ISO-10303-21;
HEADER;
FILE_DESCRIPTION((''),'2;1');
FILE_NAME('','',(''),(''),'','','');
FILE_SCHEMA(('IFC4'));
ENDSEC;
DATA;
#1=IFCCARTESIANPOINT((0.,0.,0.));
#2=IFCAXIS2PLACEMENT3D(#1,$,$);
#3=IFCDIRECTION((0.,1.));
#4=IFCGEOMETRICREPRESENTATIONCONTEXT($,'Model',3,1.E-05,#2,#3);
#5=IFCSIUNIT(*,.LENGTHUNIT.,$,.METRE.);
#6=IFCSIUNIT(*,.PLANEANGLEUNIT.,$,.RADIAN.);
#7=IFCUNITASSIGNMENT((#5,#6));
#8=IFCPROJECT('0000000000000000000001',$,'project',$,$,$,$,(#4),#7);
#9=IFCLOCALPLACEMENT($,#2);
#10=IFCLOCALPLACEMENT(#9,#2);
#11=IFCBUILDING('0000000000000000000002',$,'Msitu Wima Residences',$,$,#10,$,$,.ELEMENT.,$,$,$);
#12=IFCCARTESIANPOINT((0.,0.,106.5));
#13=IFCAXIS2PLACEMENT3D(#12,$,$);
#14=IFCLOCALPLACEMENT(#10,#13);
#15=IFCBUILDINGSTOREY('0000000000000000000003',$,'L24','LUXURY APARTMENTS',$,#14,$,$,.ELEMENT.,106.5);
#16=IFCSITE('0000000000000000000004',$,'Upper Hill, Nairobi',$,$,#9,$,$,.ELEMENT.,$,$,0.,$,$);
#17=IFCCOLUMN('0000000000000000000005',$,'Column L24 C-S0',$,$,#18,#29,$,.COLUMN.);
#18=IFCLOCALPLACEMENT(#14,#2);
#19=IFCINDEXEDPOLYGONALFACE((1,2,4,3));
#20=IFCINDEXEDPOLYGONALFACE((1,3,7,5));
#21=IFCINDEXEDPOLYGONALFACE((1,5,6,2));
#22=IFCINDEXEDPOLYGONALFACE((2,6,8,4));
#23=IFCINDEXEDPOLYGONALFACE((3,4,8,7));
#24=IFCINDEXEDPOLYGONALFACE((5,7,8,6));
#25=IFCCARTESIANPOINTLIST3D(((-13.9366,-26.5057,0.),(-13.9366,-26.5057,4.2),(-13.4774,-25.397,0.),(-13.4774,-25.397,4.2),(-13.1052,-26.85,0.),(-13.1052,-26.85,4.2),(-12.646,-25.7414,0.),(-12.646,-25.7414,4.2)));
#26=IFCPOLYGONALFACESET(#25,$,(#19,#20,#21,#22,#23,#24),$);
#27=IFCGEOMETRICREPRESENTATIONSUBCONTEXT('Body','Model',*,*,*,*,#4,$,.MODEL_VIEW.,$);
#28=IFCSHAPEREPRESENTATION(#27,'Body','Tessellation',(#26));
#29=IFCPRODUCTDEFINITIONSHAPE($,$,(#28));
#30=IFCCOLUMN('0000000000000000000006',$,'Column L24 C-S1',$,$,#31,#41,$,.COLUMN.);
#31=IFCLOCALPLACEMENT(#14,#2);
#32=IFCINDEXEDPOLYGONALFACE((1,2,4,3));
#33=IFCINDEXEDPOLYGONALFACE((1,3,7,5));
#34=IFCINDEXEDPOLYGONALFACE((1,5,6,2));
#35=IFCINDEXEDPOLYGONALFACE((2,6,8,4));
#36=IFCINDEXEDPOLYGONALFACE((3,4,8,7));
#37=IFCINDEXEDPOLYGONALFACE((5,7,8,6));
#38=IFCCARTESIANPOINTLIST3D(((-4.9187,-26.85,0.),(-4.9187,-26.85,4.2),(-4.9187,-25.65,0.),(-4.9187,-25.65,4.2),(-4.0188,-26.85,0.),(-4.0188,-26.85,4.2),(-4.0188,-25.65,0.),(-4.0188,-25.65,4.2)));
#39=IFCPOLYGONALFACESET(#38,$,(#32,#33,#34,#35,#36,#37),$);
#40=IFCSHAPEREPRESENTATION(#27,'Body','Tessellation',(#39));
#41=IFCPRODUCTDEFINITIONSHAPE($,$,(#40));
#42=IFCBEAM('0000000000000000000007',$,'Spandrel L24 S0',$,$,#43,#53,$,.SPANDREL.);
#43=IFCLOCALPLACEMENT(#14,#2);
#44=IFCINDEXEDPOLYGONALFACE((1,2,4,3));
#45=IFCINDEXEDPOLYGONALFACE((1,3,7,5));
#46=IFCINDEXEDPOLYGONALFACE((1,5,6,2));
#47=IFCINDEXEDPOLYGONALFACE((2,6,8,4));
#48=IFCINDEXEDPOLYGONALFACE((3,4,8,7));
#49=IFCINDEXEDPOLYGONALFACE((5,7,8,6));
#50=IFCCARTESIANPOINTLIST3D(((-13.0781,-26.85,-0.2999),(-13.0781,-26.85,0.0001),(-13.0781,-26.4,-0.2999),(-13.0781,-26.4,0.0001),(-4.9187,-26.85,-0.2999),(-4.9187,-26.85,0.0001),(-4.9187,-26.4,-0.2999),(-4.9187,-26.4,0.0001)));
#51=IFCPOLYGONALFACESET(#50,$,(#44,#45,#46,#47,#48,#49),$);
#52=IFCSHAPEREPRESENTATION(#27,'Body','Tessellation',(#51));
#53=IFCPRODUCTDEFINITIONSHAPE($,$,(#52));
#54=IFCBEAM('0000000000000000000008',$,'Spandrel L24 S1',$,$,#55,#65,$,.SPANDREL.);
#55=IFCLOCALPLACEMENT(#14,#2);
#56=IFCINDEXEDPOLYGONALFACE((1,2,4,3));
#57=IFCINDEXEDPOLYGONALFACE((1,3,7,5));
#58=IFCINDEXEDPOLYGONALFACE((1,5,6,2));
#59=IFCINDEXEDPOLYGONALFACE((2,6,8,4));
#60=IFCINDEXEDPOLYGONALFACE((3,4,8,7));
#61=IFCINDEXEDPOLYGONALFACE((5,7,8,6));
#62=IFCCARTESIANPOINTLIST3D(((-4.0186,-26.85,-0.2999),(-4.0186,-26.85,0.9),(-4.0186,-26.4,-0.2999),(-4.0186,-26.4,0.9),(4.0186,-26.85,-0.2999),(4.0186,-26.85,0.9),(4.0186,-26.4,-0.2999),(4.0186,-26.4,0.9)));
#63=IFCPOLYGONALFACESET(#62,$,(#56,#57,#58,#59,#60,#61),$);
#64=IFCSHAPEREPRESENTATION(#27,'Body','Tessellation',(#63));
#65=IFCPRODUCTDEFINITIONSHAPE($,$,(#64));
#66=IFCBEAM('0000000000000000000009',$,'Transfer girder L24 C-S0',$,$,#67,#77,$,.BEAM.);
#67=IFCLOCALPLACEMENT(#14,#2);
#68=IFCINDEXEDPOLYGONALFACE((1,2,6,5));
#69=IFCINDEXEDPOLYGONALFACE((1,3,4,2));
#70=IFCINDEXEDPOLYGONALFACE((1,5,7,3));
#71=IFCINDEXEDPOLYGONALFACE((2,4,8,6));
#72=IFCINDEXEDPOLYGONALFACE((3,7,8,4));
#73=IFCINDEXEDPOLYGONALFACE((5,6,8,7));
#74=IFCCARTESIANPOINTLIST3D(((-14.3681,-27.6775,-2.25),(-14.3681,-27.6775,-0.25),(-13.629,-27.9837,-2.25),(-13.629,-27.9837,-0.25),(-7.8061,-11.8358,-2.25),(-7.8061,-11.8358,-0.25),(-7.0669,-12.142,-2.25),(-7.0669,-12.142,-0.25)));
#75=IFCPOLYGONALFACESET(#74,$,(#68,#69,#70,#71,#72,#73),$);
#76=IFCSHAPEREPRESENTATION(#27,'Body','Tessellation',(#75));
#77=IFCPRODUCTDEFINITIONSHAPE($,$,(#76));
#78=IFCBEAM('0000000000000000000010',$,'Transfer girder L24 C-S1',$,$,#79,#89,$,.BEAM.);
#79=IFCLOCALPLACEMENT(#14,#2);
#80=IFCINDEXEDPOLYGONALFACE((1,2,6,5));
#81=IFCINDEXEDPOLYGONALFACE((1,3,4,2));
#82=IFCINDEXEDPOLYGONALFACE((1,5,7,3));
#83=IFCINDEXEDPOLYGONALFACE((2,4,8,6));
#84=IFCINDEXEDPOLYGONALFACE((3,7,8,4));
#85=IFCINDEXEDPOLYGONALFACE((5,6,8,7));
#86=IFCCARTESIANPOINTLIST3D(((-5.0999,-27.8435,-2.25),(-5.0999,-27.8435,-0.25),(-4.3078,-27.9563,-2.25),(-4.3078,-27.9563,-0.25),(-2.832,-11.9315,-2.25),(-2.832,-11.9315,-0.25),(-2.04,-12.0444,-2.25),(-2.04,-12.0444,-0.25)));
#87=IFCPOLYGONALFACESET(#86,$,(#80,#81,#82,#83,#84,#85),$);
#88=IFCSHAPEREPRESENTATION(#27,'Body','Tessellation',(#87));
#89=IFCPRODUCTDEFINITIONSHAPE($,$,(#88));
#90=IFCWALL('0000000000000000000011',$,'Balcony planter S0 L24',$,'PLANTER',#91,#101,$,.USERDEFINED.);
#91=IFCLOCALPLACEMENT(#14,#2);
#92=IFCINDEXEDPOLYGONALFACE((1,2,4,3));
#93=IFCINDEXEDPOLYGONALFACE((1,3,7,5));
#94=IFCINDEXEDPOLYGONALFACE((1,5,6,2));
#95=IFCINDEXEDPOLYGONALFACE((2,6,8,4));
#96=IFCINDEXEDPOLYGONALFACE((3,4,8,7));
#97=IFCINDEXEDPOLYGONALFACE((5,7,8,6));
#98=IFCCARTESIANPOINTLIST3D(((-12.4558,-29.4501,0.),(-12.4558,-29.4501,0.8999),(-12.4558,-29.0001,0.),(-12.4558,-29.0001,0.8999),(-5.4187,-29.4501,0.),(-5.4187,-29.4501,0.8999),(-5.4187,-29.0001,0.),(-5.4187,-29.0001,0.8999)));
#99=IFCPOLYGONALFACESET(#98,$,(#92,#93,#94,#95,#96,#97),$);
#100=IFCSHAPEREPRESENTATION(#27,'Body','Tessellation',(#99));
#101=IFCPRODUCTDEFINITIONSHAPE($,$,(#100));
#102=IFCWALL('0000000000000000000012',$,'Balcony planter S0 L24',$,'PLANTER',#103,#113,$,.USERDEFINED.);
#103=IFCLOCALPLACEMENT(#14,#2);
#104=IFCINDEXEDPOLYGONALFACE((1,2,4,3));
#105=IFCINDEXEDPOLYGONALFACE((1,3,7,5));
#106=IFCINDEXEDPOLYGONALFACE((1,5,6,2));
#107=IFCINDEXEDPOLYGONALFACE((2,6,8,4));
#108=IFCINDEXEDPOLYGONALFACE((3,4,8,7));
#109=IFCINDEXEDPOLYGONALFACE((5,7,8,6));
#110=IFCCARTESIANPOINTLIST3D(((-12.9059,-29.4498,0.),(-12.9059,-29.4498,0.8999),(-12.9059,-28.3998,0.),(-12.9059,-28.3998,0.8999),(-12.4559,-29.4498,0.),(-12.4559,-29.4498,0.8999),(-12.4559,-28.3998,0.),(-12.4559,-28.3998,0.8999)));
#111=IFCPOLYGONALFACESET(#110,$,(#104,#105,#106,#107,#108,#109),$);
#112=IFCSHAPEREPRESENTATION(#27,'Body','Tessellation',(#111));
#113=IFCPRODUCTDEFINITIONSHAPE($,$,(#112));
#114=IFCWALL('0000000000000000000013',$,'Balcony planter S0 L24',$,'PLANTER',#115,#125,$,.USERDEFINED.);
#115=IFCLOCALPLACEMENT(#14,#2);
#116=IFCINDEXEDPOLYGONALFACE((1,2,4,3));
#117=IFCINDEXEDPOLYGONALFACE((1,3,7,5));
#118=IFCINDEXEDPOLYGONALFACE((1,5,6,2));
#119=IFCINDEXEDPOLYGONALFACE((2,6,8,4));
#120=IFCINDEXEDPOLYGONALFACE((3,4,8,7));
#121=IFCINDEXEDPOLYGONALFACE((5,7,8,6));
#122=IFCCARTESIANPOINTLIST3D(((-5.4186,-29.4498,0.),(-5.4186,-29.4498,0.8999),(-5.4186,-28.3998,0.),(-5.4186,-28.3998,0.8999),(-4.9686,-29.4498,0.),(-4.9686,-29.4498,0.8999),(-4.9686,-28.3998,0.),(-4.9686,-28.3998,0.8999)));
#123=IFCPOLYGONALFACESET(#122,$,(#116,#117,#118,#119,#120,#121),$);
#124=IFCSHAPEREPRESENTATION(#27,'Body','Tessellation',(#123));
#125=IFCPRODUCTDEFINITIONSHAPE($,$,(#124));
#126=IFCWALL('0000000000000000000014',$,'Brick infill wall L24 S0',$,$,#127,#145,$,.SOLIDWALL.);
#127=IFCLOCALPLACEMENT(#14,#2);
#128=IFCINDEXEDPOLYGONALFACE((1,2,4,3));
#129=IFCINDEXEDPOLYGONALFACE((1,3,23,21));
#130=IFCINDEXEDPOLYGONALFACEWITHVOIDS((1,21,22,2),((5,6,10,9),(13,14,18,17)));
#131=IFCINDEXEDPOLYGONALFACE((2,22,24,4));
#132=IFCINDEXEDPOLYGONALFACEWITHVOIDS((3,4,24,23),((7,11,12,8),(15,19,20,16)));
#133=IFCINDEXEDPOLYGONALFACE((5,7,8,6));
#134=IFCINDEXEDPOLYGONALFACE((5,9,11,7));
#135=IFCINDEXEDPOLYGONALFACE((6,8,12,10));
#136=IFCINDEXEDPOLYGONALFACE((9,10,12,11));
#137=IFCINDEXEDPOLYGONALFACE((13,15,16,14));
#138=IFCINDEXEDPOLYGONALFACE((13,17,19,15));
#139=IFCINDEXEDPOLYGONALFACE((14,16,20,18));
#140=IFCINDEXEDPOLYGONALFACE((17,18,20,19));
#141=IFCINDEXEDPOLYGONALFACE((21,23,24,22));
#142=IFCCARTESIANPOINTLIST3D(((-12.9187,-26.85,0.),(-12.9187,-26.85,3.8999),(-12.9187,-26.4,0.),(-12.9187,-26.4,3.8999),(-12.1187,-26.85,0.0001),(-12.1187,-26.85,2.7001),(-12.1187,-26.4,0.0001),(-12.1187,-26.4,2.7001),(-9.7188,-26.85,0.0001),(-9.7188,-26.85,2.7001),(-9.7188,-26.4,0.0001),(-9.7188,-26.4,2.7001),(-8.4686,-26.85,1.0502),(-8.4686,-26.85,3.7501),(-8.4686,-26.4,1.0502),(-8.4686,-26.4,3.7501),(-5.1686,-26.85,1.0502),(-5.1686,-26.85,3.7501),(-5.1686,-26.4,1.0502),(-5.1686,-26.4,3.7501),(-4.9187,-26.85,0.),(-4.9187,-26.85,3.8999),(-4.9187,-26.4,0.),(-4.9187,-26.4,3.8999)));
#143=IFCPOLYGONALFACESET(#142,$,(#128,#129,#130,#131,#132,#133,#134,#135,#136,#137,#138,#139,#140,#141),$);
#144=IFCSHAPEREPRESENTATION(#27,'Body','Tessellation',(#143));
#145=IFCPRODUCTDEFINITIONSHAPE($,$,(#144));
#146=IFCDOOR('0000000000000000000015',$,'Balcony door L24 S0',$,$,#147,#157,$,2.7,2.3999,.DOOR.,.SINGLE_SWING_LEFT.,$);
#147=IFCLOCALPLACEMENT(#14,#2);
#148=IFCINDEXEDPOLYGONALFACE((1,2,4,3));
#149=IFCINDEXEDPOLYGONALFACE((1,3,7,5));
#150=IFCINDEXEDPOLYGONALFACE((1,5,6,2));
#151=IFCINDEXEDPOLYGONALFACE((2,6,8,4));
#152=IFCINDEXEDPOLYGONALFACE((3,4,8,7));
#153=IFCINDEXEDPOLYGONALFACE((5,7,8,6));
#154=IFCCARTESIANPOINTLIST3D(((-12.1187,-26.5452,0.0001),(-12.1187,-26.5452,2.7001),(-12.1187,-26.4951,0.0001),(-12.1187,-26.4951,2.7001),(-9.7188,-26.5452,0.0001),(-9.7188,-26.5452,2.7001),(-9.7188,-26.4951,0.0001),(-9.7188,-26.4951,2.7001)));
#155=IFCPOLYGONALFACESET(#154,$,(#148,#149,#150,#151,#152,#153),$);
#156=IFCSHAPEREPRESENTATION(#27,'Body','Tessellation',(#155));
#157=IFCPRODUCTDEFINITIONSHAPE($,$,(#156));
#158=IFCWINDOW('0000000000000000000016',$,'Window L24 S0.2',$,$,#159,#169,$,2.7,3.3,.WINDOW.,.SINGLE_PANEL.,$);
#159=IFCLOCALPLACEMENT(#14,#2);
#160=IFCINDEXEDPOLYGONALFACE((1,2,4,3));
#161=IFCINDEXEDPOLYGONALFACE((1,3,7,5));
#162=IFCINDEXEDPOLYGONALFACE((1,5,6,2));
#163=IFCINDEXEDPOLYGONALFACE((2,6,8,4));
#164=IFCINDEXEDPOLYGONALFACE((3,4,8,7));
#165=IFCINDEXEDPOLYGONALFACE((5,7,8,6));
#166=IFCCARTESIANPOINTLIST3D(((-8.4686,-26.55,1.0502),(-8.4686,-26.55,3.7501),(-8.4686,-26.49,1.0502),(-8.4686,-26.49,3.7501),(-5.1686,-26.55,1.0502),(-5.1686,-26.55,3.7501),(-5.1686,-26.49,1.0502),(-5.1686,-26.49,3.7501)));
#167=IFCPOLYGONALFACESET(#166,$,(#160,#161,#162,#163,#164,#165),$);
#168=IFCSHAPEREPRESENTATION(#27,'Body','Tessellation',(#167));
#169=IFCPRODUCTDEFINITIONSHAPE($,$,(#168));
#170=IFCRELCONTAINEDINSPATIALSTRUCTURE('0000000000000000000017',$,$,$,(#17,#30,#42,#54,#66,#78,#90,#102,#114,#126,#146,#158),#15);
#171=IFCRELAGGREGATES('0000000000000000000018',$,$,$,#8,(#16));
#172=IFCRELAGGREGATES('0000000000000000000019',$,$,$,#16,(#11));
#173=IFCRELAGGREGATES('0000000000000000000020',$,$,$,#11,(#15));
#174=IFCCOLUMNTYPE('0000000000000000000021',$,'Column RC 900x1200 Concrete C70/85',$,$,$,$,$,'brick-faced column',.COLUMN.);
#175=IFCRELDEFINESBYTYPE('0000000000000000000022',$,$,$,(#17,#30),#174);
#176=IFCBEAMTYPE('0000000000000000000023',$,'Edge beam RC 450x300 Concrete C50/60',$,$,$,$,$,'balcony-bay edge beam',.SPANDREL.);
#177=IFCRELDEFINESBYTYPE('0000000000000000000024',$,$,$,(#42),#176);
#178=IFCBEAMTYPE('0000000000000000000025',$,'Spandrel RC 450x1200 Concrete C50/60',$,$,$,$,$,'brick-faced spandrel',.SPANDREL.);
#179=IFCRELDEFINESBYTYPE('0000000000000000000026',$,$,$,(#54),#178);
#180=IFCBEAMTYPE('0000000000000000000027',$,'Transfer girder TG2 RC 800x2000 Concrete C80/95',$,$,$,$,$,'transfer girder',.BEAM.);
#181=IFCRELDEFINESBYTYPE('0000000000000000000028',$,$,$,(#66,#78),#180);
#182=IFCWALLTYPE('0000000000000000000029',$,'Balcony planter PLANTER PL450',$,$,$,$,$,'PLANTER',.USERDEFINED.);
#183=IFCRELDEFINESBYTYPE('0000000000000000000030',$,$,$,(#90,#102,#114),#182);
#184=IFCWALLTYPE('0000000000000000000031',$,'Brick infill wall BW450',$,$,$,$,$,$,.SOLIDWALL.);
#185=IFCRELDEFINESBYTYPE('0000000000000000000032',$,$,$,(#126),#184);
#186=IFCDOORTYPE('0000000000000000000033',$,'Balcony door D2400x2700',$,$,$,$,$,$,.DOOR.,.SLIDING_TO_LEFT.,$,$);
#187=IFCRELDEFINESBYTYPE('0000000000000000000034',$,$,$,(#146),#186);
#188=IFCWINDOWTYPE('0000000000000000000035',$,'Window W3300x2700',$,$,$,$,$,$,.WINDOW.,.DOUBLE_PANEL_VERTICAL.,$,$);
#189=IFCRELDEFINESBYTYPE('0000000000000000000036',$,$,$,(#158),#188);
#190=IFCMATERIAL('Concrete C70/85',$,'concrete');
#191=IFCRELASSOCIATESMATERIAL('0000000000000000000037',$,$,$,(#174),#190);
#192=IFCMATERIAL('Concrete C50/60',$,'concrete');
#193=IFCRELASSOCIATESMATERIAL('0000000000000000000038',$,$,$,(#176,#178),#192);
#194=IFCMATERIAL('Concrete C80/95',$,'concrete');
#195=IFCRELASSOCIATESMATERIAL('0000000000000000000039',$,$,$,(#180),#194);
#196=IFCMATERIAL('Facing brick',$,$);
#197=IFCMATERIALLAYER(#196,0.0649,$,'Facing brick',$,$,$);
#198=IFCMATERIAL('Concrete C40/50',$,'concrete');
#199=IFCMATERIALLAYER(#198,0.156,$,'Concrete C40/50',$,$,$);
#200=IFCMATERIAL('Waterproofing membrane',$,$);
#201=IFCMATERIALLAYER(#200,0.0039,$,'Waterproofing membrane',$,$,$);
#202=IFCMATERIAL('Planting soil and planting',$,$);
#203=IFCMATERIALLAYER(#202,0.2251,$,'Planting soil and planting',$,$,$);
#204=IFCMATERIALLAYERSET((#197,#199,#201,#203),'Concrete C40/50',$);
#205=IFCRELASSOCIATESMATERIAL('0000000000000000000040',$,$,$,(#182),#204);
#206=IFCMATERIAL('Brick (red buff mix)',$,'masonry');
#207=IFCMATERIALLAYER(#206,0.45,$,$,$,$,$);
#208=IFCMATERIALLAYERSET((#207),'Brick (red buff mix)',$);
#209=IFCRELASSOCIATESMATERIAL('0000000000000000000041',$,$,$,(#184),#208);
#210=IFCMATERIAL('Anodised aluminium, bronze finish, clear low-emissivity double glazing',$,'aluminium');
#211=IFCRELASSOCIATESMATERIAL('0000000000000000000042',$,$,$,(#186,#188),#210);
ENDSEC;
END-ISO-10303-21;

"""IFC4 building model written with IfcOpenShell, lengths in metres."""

from ifc_helpers import new_model, si_unit, direction, frame, frame_2d, origin, origin_2d, place, context, subcontext, project, spatial, rectangle, extrude, material, layer, layer_set, material_profile, profile_set, type_object, element, fill, save


model = new_model("IFC4")

# Units and contexts
model_context = context("Model", 3, precision=1e-05, world=origin(), true_north=direction((0.0, 1.0)))
body_context = subcontext(model_context, "Body", "Model", "MODEL_VIEW")
ifc_project = project(units=[si_unit("LENGTHUNIT", "METRE"), si_unit("PLANEANGLEUNIT", "RADIAN")], contexts=[model_context])

# Site, building, storey
site_placement = place(None, origin())
site = spatial("IfcSite", under=ifc_project, at=site_placement, Name="Upper Hill, Nairobi", CompositionType="ELEMENT", RefElevation=0.0)
building_placement = place(site_placement, origin())
building = spatial("IfcBuilding", under=site, at=building_placement, Name="Msitu Wima Residences", CompositionType="ELEMENT")
storey_placement = place(building_placement, frame((0.0, 0.0, 106.5)))
storey = spatial("IfcBuildingStorey", under=building, at=storey_placement, Name="L24", Description="LUXURY APARTMENTS", CompositionType="ELEMENT", Elevation=106.5)

# Columns
ifc_material_1 = material(Name="Concrete C70/85", Category="concrete")
ifc_material_profile_1 = material_profile(ifc_material_1, rectangle(XDim=0.8999, YDim=1.2, at=origin_2d()), Name="RC 900x1200")
ifc_profile_set_1 = profile_set([ifc_material_profile_1], Name="Concrete C70/85")
column_type = type_object("IfcColumnType", Name="Column RC 900x1200 Concrete C70/85", ElementType="brick-faced column", PredefinedType="COLUMN", material=ifc_profile_set_1)
for number, where, z_axis, x_axis, name in (
    (1, (-13.2913, -26.1235, 0.0), (0.0, 0.0, 1.0), (0.92388, -0.382683, 0.0), "Column L24 C-S0"),
    (2, (-4.4688, -26.25, 0.0), (0.0, 0.0, 1.0), (1.0, 0.0, 0.0), "Column L24 C-S1"),
):
    element("IfcColumn", number, at=place(storey_placement, frame(where, z_axis=z_axis, x_axis=x_axis)), inside=storey, type_object=column_type, Name=name, PredefinedType="COLUMN", context=body_context, shape_type="SweptSolid", body=[
        extrude(rectangle(XDim=0.8999, YDim=1.2, at=origin_2d()), origin(), (0.0, 0.0, 1.0), 4.2),
    ])

# Beams
ifc_material_2 = material(Name="Concrete C50/60", Category="concrete")
ifc_material_profile_2 = material_profile(ifc_material_2, rectangle(XDim=0.45, YDim=0.3, at=origin_2d()), Name="RC 450x300")
ifc_profile_set_2 = profile_set([ifc_material_profile_2], Name="Concrete C50/60")
beam_type_1 = type_object("IfcBeamType", Name="Edge beam RC 450x300 Concrete C50/60", ElementType="balcony-bay edge beam", PredefinedType="SPANDREL", material=ifc_profile_set_2)
beam_1_placement = place(storey_placement, frame((-13.0781, -26.625, -0.1499), z_axis=(1.0, 0.0, 0.0), x_axis=(0.0, 1.0, 0.0)))
element("IfcBeam", 3, at=beam_1_placement, inside=storey, type_object=beam_type_1, Name="Spandrel L24 S0", PredefinedType="SPANDREL", context=body_context, shape_type="SweptSolid", body=[
    extrude(rectangle(XDim=0.45, YDim=0.3, at=origin_2d()), origin(), (0.0, 0.0, 1.0), 8.1594),
])
ifc_material_profile_3 = material_profile(ifc_material_2, rectangle(XDim=0.45, YDim=1.2, at=origin_2d()), Name="RC 450x1200")
ifc_profile_set_3 = profile_set([ifc_material_profile_3], Name="Concrete C50/60")
beam_type_2 = type_object("IfcBeamType", Name="Spandrel RC 450x1200 Concrete C50/60", ElementType="brick-faced spandrel", PredefinedType="SPANDREL", material=ifc_profile_set_3)
beam_2_placement = place(storey_placement, frame((-4.0186, -26.625, 0.3), z_axis=(1.0, 0.0, 0.0), x_axis=(0.0, 1.0, 0.0)))
element("IfcBeam", 4, at=beam_2_placement, inside=storey, type_object=beam_type_2, Name="Spandrel L24 S1", PredefinedType="SPANDREL", context=body_context, shape_type="SweptSolid", body=[
    extrude(rectangle(XDim=0.45, YDim=1.2, at=origin_2d()), origin(), (0.0, 0.0, 1.0), 8.0371),
])
ifc_material_3 = material(Name="Concrete C80/95", Category="concrete")
ifc_material_profile_4 = material_profile(ifc_material_3, rectangle(XDim=0.8, YDim=2.0, at=origin_2d()), Name="RC 800x2000")
ifc_profile_set_4 = profile_set([ifc_material_profile_4], Name="Concrete C80/95")
beam_type_3 = type_object("IfcBeamType", Name="Transfer girder TG2 RC 800x2000 Concrete C80/95", ElementType="transfer girder", PredefinedType="BEAM", material=ifc_profile_set_4)
beam_3_placement = place(storey_placement, frame((-13.9985, -27.8306, -1.25), z_axis=(0.382695, 0.923875, 0.0), x_axis=(-0.923875, 0.382695, 0.0)))
element("IfcBeam", 5, at=beam_3_placement, inside=storey, type_object=beam_type_3, Name="Transfer girder L24 C-S0", PredefinedType="BEAM", context=body_context, shape_type="SweptSolid", body=[
    extrude(rectangle(XDim=0.8, YDim=2.0, at=origin_2d()), origin(), (0.0, 0.0, 1.0), 17.147),
])
beam_4_placement = place(storey_placement, frame((-4.7039, -27.8999, -1.25), z_axis=(0.141098, 0.989996, 0.0), x_axis=(-0.989996, 0.141098, 0.0)))
element("IfcBeam", 6, at=beam_4_placement, inside=storey, type_object=beam_type_3, Name="Transfer girder L24 C-S1", PredefinedType="BEAM", context=body_context, shape_type="SweptSolid", body=[
    extrude(rectangle(XDim=0.8, YDim=2.0, at=origin_2d()), origin(), (0.0, 0.0, 1.0), 16.0728),
])

# Walls
ifc_material_4 = material(Name="Facing brick")
ifc_layer_1 = layer(ifc_material_4, 0.0649, Name="Facing brick")
ifc_material_5 = material(Name="Concrete C40/50", Category="concrete")
ifc_layer_2 = layer(ifc_material_5, 0.156, Name="Concrete C40/50")
ifc_material_6 = material(Name="Waterproofing membrane")
ifc_layer_3 = layer(ifc_material_6, 0.0039, Name="Waterproofing membrane")
ifc_material_7 = material(Name="Planting soil and planting")
ifc_layer_4 = layer(ifc_material_7, 0.2251, Name="Planting soil and planting")
ifc_layer_set_1 = layer_set([ifc_layer_1, ifc_layer_2, ifc_layer_3, ifc_layer_4], Name="Concrete C40/50")
wall_type_1 = type_object("IfcWallType", Name="Balcony planter PLANTER PL450", ElementType="PLANTER", PredefinedType="USERDEFINED", material=ifc_layer_set_1)
wall_1_placement = place(storey_placement, frame((-12.4558, -29.2251, 0.0), z_axis=(0.0, 0.0, 1.0), x_axis=(1.0, 0.0, 0.0)))
element("IfcWall", 7, at=wall_1_placement, inside=storey, type_object=wall_type_1, Name="Balcony planter S0 L24", ObjectType="PLANTER", PredefinedType="USERDEFINED", context=body_context, shape_type="SweptSolid", body=[
    extrude(rectangle(XDim=7.0371, YDim=0.45, at=frame_2d((3.5186, 0.0))), origin(), (0.0, 0.0, 1.0), 0.8999),
])
for number, where, z_axis, x_axis, name in (
    (8, (-12.6809, -28.3999, 0.0), (0.0, 0.0, 1.0), (0.0, -1.0, 0.0), "Balcony planter S0 L24"),
    (9, (-5.1936, -28.3999, 0.0), (0.0, 0.0, 1.0), (0.0, -1.0, 0.0), "Balcony planter S0 L24"),
):
    element("IfcWall", number, at=place(storey_placement, frame(where, z_axis=z_axis, x_axis=x_axis)), inside=storey, type_object=wall_type_1, Name=name, ObjectType="PLANTER", PredefinedType="USERDEFINED", context=body_context, shape_type="SweptSolid", body=[
        extrude(rectangle(XDim=1.05, YDim=0.45, at=frame_2d((0.5249, 0.0))), origin(), (0.0, 0.0, 1.0), 0.8999),
    ])

# Wall, openings, door, window
ifc_material_8 = material(Name="Brick (red buff mix)", Category="masonry")
ifc_layer_5 = layer(ifc_material_8, 0.45)
ifc_layer_set_2 = layer_set([ifc_layer_5], Name="Brick (red buff mix)")
wall_type_2 = type_object("IfcWallType", Name="Brick infill wall BW450", PredefinedType="SOLIDWALL", material=ifc_layer_set_2)
wall_2_placement = place(storey_placement, frame((-12.9187, -26.625, 0.0), z_axis=(0.0, 0.0, 1.0), x_axis=(1.0, 0.0, 0.0)))
wall_2 = element("IfcWall", 10, at=wall_2_placement, inside=storey, type_object=wall_type_2, Name="Brick infill wall L24 S0", PredefinedType="SOLIDWALL", context=body_context, shape_type="SweptSolid", body=[
    extrude(rectangle(XDim=8.0, YDim=0.45, at=frame_2d((4.0, 0.0))), origin(), (0.0, 0.0, 1.0), 3.8999),
])
opening_1_placement = place(wall_2_placement, frame((0.8, 0.0, 0.0)))
opening_1 = element("IfcOpeningElement", 11, at=opening_1_placement, cuts=wall_2, PredefinedType="OPENING", context=body_context, shape_type="SweptSolid", body=[
    extrude(rectangle(XDim=2.3999, YDim=2.7, at=frame_2d((1.2, 1.3501))), frame((0.0, 0.2349, 0.0), z_axis=(0.0, -1.0, 0.0), x_axis=(1.0, 0.0, 0.0)), (0.0, 0.0, 1.0), 0.47),
])
opening_2_placement = place(wall_2_placement, frame((4.4502, 0.0, 1.05)))
opening_2 = element("IfcOpeningElement", 12, at=opening_2_placement, cuts=wall_2, PredefinedType="OPENING", context=body_context, shape_type="SweptSolid", body=[
    extrude(rectangle(XDim=3.3, YDim=2.7, at=frame_2d((1.6499, 1.3501))), frame((0.0, 0.2349, 0.0), z_axis=(0.0, -1.0, 0.0), x_axis=(1.0, 0.0, 0.0)), (0.0, 0.0, 1.0), 0.47),
])
ifc_material_9 = material(Name="Anodised aluminium, bronze finish, clear low-emissivity double glazing", Category="aluminium")
door_type_1 = type_object("IfcDoorType", Name="Balcony door D2400x2700", OperationType="SLIDING_TO_LEFT", PredefinedType="DOOR", material=ifc_material_9)
door_1_placement = place(opening_1_placement, origin())
door_1 = element("IfcDoor", 13, at=door_1_placement, inside=storey, type_object=door_type_1, Name="Balcony door L24 S0", OperationType="SINGLE_SWING_LEFT", OverallHeight=2.7, OverallWidth=2.3999, PredefinedType="DOOR", context=body_context, shape_type="SweptSolid", body=[
    extrude(rectangle(XDim=2.3999, YDim=2.7, at=frame_2d((1.2, 1.3501))), frame((0.0, 0.1299, 0.0), z_axis=(0.0, -1.0, 0.0), x_axis=(1.0, 0.0, 0.0)), (0.0, 0.0, 1.0), 0.05),
])
fill(opening_1, door_1)
window_type = type_object("IfcWindowType", Name="Window W3300x2700", PartitioningType="DOUBLE_PANEL_VERTICAL", PredefinedType="WINDOW", material=ifc_material_9)
window_1_placement = place(opening_2_placement, origin())
window_1 = element("IfcWindow", 14, at=window_1_placement, inside=storey, type_object=window_type, Name="Window L24 S0.2", OverallHeight=2.7, OverallWidth=3.3, PartitioningType="SINGLE_PANEL", PredefinedType="WINDOW", context=body_context, shape_type="SweptSolid", body=[
    extrude(rectangle(XDim=3.3, YDim=2.7, at=frame_2d((1.6499, 1.3501))), frame((0.0, 0.135, 0.0), z_axis=(0.0, -1.0, 0.0), x_axis=(1.0, 0.0, 0.0)), (0.0, 0.0, 1.0), 0.0601),
])
fill(opening_2, window_1)

save(model, "model.ifc")
